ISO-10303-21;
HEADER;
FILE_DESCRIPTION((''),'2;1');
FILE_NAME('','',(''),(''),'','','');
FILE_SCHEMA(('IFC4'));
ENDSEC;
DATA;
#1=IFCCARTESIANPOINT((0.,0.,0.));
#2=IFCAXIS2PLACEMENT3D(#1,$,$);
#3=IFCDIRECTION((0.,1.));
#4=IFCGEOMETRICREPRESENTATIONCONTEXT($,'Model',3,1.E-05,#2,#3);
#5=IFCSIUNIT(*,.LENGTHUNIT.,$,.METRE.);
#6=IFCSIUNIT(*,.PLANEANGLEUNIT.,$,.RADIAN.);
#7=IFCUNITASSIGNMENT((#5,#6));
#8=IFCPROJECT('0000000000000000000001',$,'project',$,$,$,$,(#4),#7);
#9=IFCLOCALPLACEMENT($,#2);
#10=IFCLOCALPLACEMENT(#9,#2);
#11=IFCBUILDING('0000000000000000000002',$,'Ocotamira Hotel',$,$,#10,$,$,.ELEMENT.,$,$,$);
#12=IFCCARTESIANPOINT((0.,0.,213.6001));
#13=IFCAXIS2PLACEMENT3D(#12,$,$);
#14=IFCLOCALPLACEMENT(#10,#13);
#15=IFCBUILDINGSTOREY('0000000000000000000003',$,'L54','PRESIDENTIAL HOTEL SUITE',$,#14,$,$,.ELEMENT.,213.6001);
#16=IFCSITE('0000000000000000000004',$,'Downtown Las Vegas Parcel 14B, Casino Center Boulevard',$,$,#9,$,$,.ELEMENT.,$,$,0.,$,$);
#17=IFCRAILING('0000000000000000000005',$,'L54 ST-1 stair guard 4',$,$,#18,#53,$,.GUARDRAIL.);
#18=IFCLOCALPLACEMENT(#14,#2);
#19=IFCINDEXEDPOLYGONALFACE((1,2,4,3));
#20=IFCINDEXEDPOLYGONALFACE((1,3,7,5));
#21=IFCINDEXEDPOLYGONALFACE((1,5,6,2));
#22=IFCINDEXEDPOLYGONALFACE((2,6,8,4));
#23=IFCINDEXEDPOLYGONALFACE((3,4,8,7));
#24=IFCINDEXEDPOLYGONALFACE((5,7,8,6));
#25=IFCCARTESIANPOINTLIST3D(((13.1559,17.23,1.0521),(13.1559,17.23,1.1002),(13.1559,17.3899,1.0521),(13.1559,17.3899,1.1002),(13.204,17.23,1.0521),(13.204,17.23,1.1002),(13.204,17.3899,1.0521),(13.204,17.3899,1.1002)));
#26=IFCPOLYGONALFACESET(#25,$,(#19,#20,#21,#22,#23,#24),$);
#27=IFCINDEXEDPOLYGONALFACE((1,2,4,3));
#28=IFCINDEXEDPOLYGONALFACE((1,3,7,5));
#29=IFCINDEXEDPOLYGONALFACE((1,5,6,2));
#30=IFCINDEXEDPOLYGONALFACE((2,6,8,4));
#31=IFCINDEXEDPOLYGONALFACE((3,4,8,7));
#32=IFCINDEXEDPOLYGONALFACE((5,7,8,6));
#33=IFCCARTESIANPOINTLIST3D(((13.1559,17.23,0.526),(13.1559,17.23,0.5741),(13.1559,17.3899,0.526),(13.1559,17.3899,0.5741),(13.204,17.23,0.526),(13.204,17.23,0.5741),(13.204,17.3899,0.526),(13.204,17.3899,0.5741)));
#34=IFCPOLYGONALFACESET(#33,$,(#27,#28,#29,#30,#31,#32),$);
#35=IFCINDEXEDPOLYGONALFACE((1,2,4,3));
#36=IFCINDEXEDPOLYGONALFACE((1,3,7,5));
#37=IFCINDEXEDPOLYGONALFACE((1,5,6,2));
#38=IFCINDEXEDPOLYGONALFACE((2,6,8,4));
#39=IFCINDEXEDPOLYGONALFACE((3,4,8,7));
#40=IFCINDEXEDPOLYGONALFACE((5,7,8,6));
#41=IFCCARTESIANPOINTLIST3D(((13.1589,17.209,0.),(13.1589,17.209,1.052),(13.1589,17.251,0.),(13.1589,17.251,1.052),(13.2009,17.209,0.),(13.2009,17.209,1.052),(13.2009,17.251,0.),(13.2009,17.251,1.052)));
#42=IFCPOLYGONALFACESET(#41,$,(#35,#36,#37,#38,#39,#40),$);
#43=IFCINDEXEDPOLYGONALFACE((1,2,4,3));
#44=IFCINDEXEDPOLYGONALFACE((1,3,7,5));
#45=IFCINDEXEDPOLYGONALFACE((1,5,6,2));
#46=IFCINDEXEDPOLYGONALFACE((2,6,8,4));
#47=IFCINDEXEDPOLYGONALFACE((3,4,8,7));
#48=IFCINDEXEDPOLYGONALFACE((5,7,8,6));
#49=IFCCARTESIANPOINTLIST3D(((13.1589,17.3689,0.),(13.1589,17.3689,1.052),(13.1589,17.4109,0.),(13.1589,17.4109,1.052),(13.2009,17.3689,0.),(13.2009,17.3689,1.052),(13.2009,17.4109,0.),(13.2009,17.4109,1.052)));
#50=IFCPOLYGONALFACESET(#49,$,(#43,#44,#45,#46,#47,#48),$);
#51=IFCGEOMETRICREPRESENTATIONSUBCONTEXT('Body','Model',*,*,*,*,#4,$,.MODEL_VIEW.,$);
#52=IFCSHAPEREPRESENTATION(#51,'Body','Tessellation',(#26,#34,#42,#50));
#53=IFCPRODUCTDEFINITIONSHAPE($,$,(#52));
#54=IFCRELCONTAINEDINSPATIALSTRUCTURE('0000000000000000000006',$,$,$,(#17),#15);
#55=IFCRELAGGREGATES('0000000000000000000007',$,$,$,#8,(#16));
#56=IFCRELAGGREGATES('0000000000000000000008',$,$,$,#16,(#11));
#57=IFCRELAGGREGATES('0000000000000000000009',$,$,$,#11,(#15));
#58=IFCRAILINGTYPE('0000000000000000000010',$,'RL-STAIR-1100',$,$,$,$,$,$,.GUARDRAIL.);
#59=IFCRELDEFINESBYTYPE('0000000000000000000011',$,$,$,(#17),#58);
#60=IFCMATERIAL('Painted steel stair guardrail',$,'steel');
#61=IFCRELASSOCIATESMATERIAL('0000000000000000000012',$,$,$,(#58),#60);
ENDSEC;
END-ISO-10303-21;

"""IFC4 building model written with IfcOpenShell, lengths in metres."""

from ifc_helpers import new_model, si_unit, direction, frame, origin, origin_2d, place, context, subcontext, project, spatial, rectangle, extrude, material, type_object, element, save


model = new_model("IFC4")

# Units and contexts
model_context = context("Model", 3, precision=1e-05, world=origin(), true_north=direction((0.0, 1.0)))
body_context = subcontext(model_context, "Body", "Model", "MODEL_VIEW")
ifc_project = project(units=[si_unit("LENGTHUNIT", "METRE"), si_unit("PLANEANGLEUNIT", "RADIAN")], contexts=[model_context])

# Site, building, storey
site_placement = place(None, origin())
site = spatial("IfcSite", under=ifc_project, at=site_placement, Name="Downtown Las Vegas Parcel 14B, Casino Center Boulevard", CompositionType="ELEMENT", RefElevation=0.0)
building_placement = place(site_placement, origin())
building = spatial("IfcBuilding", under=site, at=building_placement, Name="Ocotamira Hotel", CompositionType="ELEMENT")
storey_placement = place(building_placement, frame((0.0, 0.0, 213.6001)))
storey = spatial("IfcBuildingStorey", under=building, at=storey_placement, Name="L54", Description="PRESIDENTIAL HOTEL SUITE", CompositionType="ELEMENT", Elevation=213.6001)

# Railing
ifc_material_1 = material(Name="Painted steel stair guardrail", Category="steel")
railing_type_1 = type_object("IfcRailingType", Name="RL-STAIR-1100", PredefinedType="GUARDRAIL", material=ifc_material_1)
railing_1_placement = place(storey_placement, frame((13.1799, 17.23, 0.0)))
element("IfcRailing", 1, at=railing_1_placement, inside=storey, type_object=railing_type_1, Name="L54 ST-1 stair guard 4", PredefinedType="GUARDRAIL", context=body_context, shape_type="SweptSolid", body=[
    extrude(rectangle(XDim=0.0481, YDim=0.0481, at=origin_2d()), frame((0.0, 0.0, 1.0762), z_axis=(0.0, 1.0, 0.0), x_axis=(-1.0, 0.0, 0.0)), (0.0, 0.0, 1.0), 0.1599),
    extrude(rectangle(XDim=0.0481, YDim=0.0481, at=origin_2d()), frame((0.0, 0.0, 0.55), z_axis=(0.0, 1.0, 0.0), x_axis=(-1.0, 0.0, 0.0)), (0.0, 0.0, 1.0), 0.1599),
    extrude(rectangle(XDim=0.042, YDim=0.042, at=origin_2d()), origin(), (0.0, 0.0, 1.0), 1.052),
    extrude(rectangle(XDim=0.042, YDim=0.042, at=origin_2d()), frame((0.0, 0.1599, 0.0)), (0.0, 0.0, 1.0), 1.052),
])

save(model, "model.ifc")
